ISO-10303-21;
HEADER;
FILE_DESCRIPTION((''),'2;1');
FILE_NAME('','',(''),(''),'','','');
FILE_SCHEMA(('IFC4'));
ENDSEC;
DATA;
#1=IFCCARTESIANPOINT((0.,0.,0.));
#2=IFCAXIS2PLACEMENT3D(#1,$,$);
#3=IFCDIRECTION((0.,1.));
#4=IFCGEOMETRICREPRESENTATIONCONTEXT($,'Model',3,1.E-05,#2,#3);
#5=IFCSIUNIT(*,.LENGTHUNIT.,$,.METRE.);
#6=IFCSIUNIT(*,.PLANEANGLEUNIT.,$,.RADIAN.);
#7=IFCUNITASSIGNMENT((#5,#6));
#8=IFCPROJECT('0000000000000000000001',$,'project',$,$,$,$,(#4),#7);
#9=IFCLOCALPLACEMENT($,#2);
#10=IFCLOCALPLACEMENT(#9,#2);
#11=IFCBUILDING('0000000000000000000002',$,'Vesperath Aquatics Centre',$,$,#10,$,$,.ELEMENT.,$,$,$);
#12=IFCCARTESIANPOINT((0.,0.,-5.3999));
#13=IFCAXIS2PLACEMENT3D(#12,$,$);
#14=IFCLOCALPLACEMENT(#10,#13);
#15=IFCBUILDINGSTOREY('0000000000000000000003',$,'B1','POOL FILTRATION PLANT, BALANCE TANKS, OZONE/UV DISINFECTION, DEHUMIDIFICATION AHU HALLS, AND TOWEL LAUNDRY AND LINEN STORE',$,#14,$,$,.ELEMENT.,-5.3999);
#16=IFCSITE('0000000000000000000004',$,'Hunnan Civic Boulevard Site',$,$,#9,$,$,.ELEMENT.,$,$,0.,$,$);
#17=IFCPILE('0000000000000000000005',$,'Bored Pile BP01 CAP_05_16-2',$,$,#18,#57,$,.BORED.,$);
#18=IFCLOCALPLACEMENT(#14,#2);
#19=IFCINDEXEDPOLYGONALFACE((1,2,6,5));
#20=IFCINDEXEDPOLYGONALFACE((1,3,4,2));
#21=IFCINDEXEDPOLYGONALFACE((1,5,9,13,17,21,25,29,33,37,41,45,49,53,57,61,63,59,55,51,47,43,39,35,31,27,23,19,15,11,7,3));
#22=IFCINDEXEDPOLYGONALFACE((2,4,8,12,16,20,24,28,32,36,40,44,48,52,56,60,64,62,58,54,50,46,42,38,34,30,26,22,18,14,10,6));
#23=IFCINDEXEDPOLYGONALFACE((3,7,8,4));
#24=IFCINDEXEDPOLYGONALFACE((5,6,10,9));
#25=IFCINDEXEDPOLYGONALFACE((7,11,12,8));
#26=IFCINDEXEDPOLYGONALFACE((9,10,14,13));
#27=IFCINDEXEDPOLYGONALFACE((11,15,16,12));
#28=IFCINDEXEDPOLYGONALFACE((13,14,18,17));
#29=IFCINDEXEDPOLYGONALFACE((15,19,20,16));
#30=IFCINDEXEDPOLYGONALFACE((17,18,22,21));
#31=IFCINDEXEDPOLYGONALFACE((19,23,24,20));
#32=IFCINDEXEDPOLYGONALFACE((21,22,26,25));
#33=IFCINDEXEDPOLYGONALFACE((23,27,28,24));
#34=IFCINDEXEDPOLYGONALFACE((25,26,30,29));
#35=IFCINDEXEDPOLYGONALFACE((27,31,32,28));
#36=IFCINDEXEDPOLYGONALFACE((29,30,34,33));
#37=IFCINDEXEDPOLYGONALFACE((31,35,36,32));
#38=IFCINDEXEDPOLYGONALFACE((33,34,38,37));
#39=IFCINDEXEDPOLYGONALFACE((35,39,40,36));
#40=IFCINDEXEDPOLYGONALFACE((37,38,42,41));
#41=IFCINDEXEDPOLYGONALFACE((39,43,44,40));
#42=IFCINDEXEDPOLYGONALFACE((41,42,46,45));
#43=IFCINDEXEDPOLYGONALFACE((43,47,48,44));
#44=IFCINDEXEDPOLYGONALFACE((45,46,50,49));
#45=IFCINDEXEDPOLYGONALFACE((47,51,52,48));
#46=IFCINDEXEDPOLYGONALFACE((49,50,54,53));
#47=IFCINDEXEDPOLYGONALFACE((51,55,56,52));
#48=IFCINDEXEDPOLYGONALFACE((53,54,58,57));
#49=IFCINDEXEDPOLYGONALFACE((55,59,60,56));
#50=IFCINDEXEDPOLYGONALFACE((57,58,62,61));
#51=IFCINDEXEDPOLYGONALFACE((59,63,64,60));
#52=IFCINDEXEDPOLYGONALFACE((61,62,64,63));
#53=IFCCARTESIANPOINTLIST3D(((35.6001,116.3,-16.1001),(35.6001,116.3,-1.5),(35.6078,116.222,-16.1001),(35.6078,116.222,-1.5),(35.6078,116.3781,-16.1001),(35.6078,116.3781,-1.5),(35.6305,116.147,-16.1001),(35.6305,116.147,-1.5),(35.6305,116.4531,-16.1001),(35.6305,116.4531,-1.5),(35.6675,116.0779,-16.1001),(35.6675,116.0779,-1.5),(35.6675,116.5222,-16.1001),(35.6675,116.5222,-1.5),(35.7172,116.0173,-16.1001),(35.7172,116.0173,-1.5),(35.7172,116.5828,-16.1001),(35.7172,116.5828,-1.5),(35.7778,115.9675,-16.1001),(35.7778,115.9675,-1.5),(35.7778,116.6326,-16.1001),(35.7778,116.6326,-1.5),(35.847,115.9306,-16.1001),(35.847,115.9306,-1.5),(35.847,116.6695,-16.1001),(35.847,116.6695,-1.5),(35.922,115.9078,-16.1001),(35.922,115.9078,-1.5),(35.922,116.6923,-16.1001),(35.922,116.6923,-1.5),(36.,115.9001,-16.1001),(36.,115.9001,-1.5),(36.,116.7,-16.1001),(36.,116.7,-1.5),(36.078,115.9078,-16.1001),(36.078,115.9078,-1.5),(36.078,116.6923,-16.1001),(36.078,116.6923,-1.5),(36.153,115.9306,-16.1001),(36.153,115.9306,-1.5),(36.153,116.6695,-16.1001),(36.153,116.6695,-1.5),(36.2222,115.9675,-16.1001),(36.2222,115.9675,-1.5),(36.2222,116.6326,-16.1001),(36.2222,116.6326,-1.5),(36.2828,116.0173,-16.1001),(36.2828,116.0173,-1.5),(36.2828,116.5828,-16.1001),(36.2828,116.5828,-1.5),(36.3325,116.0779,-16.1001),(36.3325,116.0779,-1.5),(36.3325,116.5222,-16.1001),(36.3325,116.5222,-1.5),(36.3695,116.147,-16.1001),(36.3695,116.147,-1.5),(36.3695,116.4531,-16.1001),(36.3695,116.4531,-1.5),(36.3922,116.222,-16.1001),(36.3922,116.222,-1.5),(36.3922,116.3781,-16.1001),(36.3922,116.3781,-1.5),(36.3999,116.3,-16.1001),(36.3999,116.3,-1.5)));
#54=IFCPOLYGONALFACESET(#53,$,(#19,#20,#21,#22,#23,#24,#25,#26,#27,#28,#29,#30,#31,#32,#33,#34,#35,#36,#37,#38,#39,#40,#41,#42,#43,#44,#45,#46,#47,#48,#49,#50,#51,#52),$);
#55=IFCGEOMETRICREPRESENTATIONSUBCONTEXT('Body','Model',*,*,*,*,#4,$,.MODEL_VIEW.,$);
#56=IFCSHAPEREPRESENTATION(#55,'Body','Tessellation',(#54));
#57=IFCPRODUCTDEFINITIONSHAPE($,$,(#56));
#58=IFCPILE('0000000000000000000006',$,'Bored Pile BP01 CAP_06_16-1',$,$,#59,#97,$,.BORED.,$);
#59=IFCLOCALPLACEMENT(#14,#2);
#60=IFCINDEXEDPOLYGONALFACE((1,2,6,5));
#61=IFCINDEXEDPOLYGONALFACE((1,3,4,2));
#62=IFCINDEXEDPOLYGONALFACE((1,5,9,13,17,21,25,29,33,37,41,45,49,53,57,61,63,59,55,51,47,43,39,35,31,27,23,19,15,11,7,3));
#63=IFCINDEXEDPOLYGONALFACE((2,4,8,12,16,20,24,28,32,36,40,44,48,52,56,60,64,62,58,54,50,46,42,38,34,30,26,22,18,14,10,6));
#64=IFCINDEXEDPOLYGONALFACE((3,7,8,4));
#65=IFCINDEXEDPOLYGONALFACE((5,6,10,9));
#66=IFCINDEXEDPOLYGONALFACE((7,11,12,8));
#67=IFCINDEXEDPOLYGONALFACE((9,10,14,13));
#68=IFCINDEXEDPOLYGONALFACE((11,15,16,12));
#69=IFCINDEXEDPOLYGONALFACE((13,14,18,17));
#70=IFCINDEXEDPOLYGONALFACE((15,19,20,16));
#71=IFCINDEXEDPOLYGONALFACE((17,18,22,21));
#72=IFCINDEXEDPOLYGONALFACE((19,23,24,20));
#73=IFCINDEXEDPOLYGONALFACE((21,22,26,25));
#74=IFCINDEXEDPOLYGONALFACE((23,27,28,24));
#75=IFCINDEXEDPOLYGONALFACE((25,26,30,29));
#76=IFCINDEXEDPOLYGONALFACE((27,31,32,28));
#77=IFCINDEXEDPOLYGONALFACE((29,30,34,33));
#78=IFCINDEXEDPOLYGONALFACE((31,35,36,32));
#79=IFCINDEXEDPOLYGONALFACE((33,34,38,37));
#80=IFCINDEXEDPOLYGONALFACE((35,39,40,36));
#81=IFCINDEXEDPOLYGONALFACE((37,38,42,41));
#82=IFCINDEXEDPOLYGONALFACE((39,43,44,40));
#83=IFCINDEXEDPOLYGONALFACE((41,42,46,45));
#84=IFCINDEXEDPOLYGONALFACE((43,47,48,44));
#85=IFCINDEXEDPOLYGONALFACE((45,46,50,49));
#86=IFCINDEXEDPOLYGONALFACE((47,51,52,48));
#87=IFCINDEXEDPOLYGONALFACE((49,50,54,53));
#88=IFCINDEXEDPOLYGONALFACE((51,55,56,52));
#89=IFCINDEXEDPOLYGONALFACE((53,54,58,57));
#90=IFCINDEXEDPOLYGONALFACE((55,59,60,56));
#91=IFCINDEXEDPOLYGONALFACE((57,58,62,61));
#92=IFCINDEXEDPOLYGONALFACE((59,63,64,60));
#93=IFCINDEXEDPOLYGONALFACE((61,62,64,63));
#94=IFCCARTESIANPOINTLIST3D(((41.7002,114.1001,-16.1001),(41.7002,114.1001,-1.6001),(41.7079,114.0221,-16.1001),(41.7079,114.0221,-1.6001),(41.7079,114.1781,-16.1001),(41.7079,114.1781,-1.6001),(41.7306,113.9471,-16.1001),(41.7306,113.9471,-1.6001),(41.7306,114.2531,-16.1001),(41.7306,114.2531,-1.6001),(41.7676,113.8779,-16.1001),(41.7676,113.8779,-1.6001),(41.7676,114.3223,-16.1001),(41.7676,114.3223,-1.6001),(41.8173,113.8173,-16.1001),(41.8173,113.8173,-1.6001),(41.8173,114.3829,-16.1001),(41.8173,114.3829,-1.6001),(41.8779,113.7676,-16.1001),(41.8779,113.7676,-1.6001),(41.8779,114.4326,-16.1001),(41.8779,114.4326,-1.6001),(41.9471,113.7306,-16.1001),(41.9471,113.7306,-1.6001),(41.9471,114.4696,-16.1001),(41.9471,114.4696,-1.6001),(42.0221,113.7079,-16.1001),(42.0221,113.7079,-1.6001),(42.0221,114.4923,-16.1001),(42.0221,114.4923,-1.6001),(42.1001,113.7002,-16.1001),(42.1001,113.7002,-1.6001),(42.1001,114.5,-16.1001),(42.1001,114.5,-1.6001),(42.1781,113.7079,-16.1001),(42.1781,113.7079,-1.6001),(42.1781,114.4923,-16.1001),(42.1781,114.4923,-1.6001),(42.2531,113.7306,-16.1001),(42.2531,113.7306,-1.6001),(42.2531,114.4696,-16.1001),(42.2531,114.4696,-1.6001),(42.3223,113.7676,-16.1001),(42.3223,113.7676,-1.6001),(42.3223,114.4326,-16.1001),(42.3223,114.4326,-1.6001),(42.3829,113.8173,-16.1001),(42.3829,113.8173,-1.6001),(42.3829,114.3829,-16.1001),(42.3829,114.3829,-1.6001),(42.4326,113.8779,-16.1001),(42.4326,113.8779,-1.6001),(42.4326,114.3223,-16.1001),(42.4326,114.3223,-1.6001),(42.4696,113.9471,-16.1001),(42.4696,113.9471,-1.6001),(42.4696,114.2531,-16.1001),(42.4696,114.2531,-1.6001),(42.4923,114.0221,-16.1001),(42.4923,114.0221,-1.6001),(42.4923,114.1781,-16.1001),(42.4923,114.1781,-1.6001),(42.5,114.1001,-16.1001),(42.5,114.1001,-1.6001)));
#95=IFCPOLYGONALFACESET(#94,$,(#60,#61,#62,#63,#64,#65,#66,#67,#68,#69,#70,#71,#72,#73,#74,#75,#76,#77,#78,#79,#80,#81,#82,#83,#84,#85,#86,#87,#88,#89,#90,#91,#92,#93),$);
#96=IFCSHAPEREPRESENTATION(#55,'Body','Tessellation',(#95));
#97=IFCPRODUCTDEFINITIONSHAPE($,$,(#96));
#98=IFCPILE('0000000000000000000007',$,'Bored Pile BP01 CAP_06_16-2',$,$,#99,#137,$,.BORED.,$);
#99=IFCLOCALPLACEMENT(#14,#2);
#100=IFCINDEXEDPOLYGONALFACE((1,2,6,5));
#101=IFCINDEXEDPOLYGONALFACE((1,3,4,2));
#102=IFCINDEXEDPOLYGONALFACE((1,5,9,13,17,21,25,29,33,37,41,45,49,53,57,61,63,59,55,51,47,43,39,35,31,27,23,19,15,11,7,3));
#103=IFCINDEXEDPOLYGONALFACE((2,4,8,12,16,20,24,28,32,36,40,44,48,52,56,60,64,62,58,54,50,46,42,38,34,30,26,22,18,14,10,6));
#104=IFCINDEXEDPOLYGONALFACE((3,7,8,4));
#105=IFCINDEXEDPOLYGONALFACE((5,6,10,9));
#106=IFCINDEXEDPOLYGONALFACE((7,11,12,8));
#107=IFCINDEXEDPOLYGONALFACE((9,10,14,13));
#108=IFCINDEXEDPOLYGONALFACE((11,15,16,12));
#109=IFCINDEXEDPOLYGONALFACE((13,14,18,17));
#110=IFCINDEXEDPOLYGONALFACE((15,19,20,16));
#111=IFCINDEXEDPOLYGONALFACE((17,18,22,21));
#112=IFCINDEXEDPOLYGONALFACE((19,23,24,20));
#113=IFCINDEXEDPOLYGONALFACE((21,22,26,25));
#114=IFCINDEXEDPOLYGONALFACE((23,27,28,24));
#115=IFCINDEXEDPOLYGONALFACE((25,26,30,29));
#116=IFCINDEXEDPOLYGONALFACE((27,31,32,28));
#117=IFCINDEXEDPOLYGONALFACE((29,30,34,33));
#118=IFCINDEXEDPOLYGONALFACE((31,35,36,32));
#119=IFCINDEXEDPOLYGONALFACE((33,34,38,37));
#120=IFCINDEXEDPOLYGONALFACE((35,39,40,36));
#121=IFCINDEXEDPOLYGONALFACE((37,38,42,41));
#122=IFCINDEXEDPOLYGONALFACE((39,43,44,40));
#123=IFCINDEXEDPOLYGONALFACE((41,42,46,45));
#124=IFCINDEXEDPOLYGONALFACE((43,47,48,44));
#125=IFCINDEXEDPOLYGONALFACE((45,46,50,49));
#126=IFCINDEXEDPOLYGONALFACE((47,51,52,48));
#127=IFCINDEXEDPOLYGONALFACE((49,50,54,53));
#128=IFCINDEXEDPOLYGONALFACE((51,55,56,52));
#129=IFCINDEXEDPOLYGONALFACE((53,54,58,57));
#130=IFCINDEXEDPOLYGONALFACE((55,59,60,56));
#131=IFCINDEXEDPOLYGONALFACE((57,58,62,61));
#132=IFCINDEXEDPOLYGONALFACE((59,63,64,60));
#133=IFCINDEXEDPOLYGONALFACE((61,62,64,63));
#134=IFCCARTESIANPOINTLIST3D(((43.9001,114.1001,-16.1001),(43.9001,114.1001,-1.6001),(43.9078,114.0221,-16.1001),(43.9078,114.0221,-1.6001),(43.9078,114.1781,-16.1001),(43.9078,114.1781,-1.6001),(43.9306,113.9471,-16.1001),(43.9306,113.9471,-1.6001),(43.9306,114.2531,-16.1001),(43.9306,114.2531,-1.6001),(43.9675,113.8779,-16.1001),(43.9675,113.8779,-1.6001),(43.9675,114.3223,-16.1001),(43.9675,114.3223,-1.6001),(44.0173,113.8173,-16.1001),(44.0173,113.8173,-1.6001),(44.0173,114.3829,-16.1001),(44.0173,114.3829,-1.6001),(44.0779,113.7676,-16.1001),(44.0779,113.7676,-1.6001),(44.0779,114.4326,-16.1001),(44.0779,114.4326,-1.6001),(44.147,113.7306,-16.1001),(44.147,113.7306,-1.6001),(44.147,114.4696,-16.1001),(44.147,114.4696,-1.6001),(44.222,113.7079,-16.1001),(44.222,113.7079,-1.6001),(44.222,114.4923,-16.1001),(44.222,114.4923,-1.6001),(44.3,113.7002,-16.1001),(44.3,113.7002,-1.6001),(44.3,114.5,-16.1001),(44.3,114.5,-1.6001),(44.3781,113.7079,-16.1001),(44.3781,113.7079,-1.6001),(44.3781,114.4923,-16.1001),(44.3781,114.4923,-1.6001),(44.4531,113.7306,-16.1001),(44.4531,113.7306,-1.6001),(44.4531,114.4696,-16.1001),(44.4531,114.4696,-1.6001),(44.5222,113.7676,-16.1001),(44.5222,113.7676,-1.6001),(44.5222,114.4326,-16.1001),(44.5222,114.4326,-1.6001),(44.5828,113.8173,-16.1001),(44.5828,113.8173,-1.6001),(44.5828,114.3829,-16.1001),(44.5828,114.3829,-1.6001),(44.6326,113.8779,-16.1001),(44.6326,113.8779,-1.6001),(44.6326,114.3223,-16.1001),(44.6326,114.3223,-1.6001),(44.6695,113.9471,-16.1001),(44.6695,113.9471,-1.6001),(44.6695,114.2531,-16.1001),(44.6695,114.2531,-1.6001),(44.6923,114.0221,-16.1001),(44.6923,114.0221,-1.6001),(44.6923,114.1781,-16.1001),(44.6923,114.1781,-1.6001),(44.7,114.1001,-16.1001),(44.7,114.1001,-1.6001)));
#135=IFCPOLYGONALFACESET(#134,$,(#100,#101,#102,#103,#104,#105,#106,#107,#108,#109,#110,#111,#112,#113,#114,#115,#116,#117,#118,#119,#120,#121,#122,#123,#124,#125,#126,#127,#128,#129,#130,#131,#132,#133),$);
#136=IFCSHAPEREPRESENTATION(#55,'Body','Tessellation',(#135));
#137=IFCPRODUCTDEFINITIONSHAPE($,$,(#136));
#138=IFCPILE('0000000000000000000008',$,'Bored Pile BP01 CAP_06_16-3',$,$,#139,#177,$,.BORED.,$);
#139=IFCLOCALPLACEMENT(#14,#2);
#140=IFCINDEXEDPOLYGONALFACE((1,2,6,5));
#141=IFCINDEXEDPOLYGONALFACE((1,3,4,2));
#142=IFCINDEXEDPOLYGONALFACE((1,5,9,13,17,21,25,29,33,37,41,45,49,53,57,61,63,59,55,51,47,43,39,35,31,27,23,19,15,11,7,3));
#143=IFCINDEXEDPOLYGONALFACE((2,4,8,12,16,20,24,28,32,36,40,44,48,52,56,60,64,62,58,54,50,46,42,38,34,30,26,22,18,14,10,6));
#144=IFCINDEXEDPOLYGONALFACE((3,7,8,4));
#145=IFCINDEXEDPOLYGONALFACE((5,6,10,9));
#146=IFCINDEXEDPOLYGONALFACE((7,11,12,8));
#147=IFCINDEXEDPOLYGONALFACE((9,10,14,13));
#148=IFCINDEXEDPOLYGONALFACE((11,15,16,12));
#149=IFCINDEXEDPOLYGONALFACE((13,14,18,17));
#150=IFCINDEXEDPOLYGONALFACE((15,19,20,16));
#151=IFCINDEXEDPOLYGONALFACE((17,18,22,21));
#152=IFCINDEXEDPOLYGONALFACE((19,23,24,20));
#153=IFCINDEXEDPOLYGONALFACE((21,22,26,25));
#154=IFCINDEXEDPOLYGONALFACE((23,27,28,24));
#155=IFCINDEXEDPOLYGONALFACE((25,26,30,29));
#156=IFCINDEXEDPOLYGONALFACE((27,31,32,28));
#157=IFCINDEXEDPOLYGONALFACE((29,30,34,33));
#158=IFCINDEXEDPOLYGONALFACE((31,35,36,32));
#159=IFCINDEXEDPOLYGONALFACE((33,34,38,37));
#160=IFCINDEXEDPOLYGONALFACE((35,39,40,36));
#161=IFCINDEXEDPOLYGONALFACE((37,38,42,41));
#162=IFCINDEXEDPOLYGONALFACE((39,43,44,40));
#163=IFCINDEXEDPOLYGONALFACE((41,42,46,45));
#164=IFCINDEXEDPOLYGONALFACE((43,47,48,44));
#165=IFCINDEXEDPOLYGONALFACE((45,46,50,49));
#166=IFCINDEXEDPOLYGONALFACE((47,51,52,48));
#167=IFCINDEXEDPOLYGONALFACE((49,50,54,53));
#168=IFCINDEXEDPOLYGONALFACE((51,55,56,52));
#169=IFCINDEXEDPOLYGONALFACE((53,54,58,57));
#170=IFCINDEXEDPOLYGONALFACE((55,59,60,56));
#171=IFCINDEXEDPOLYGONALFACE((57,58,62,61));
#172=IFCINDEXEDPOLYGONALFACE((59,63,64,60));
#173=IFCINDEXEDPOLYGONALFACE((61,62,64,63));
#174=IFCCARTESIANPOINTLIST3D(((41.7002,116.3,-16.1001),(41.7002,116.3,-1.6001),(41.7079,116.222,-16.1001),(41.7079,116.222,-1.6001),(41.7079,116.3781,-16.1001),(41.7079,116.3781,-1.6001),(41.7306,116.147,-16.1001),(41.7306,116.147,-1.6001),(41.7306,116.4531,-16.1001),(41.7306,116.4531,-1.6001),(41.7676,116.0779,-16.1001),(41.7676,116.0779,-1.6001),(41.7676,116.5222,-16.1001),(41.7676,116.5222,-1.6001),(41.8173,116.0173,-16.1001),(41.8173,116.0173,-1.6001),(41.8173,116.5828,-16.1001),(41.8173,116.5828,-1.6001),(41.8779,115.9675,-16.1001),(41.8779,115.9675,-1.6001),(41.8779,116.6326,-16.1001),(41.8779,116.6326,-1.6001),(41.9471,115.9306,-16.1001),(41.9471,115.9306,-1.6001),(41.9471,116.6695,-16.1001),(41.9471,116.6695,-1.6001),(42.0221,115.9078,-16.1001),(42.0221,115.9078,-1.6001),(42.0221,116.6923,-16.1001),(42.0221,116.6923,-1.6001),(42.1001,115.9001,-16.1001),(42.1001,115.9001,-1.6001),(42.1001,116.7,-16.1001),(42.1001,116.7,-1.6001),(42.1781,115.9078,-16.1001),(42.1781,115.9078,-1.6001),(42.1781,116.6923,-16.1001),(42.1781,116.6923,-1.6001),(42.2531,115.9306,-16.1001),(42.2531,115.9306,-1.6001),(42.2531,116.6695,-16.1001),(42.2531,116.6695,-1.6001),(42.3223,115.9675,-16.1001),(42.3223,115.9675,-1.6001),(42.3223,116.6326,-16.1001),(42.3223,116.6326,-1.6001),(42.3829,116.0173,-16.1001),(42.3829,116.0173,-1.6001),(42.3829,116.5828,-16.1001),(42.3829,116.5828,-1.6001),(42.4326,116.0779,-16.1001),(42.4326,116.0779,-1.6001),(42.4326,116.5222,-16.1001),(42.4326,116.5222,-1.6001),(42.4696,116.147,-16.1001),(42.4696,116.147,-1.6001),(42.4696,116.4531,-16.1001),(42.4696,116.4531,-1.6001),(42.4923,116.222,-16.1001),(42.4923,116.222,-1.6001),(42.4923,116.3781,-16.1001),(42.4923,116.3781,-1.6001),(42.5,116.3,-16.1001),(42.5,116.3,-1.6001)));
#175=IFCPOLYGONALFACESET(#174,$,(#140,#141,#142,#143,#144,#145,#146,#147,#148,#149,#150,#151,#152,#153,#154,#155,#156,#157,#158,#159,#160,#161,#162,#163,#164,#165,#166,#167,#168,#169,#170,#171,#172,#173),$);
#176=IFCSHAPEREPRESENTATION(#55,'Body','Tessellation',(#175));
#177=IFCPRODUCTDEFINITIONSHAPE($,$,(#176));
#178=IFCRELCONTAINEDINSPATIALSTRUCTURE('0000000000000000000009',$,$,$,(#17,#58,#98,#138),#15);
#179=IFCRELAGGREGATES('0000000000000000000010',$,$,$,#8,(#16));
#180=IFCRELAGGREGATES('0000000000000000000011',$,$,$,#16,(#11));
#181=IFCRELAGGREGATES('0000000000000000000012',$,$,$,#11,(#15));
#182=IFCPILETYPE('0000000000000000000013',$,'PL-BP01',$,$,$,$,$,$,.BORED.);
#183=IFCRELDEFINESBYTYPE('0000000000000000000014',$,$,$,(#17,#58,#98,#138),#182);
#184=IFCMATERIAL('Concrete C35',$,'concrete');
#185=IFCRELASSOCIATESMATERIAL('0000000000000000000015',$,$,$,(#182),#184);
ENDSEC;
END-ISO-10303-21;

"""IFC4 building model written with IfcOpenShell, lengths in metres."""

from ifc_helpers import new_model, si_unit, direction, frame, origin, origin_2d, place, context, subcontext, project, spatial, circle, extrude, material, material_profile, profile_set, type_object, element, save


model = new_model("IFC4")

# Units and contexts
model_context = context("Model", 3, precision=1e-05, world=origin(), true_north=direction((0.0, 1.0)))
body_context = subcontext(model_context, "Body", "Model", "MODEL_VIEW")
ifc_project = project(units=[si_unit("LENGTHUNIT", "METRE"), si_unit("PLANEANGLEUNIT", "RADIAN")], contexts=[model_context])

# Site, building, storey
site_placement = place(None, origin())
site = spatial("IfcSite", under=ifc_project, at=site_placement, Name="Hunnan Civic Boulevard Site", CompositionType="ELEMENT", RefElevation=0.0)
building_placement = place(site_placement, origin())
building = spatial("IfcBuilding", under=site, at=building_placement, Name="Vesperath Aquatics Centre", CompositionType="ELEMENT")
storey_placement = place(building_placement, frame((0.0, 0.0, -5.3999)))
storey = spatial("IfcBuildingStorey", under=building, at=storey_placement, Name="B1", Description="POOL FILTRATION PLANT, BALANCE TANKS, OZONE/UV DISINFECTION, DEHUMIDIFICATION AHU HALLS, AND TOWEL LAUNDRY AND LINEN STORE", CompositionType="ELEMENT", Elevation=-5.3999)

# Piles
ifc_material_1 = material(Name="Concrete C35", Category="concrete")
ifc_material_profile_1 = material_profile(ifc_material_1, circle(Radius=0.3999, at=origin_2d()), Name="PILE D800")
ifc_profile_set_1 = profile_set([ifc_material_profile_1], Name="Concrete C35")
pile_type = type_object("IfcPileType", Name="PL-BP01", PredefinedType="BORED", material=ifc_profile_set_1)
for number, where, z_axis, x_axis, name in (
    (1, (36.0, 116.3, -1.5), (0.0, 0.0, -1.0), (1.0, 0.0, 0.0), "Bored Pile BP01 CAP_05_16-2"),
):
    element("IfcPile", number, at=place(storey_placement, frame(where, z_axis=z_axis, x_axis=x_axis)), inside=storey, type_object=pile_type, Name=name, PredefinedType="BORED", context=body_context, shape_type="SweptSolid", body=[
        extrude(circle(Radius=0.3999, at=origin_2d()), origin(), (0.0, 0.0, 1.0), 14.6001),
    ])
for number, where, z_axis, x_axis, name in (
    (2, (42.1001, 114.1001, -1.6001), (0.0, 0.0, -1.0), (1.0, 0.0, 0.0), "Bored Pile BP01 CAP_06_16-1"),
    (3, (44.3, 114.1001, -1.6001), (0.0, 0.0, -1.0), (1.0, 0.0, 0.0), "Bored Pile BP01 CAP_06_16-2"),
    (4, (42.1001, 116.3, -1.6001), (0.0, 0.0, -1.0), (1.0, 0.0, 0.0), "Bored Pile BP01 CAP_06_16-3"),
):
    element("IfcPile", number, at=place(storey_placement, frame(where, z_axis=z_axis, x_axis=x_axis)), inside=storey, type_object=pile_type, Name=name, PredefinedType="BORED", context=body_context, shape_type="SweptSolid", body=[
        extrude(circle(Radius=0.3999, at=origin_2d()), origin(), (0.0, 0.0, 1.0), 14.5),
    ])

save(model, "model.ifc")
